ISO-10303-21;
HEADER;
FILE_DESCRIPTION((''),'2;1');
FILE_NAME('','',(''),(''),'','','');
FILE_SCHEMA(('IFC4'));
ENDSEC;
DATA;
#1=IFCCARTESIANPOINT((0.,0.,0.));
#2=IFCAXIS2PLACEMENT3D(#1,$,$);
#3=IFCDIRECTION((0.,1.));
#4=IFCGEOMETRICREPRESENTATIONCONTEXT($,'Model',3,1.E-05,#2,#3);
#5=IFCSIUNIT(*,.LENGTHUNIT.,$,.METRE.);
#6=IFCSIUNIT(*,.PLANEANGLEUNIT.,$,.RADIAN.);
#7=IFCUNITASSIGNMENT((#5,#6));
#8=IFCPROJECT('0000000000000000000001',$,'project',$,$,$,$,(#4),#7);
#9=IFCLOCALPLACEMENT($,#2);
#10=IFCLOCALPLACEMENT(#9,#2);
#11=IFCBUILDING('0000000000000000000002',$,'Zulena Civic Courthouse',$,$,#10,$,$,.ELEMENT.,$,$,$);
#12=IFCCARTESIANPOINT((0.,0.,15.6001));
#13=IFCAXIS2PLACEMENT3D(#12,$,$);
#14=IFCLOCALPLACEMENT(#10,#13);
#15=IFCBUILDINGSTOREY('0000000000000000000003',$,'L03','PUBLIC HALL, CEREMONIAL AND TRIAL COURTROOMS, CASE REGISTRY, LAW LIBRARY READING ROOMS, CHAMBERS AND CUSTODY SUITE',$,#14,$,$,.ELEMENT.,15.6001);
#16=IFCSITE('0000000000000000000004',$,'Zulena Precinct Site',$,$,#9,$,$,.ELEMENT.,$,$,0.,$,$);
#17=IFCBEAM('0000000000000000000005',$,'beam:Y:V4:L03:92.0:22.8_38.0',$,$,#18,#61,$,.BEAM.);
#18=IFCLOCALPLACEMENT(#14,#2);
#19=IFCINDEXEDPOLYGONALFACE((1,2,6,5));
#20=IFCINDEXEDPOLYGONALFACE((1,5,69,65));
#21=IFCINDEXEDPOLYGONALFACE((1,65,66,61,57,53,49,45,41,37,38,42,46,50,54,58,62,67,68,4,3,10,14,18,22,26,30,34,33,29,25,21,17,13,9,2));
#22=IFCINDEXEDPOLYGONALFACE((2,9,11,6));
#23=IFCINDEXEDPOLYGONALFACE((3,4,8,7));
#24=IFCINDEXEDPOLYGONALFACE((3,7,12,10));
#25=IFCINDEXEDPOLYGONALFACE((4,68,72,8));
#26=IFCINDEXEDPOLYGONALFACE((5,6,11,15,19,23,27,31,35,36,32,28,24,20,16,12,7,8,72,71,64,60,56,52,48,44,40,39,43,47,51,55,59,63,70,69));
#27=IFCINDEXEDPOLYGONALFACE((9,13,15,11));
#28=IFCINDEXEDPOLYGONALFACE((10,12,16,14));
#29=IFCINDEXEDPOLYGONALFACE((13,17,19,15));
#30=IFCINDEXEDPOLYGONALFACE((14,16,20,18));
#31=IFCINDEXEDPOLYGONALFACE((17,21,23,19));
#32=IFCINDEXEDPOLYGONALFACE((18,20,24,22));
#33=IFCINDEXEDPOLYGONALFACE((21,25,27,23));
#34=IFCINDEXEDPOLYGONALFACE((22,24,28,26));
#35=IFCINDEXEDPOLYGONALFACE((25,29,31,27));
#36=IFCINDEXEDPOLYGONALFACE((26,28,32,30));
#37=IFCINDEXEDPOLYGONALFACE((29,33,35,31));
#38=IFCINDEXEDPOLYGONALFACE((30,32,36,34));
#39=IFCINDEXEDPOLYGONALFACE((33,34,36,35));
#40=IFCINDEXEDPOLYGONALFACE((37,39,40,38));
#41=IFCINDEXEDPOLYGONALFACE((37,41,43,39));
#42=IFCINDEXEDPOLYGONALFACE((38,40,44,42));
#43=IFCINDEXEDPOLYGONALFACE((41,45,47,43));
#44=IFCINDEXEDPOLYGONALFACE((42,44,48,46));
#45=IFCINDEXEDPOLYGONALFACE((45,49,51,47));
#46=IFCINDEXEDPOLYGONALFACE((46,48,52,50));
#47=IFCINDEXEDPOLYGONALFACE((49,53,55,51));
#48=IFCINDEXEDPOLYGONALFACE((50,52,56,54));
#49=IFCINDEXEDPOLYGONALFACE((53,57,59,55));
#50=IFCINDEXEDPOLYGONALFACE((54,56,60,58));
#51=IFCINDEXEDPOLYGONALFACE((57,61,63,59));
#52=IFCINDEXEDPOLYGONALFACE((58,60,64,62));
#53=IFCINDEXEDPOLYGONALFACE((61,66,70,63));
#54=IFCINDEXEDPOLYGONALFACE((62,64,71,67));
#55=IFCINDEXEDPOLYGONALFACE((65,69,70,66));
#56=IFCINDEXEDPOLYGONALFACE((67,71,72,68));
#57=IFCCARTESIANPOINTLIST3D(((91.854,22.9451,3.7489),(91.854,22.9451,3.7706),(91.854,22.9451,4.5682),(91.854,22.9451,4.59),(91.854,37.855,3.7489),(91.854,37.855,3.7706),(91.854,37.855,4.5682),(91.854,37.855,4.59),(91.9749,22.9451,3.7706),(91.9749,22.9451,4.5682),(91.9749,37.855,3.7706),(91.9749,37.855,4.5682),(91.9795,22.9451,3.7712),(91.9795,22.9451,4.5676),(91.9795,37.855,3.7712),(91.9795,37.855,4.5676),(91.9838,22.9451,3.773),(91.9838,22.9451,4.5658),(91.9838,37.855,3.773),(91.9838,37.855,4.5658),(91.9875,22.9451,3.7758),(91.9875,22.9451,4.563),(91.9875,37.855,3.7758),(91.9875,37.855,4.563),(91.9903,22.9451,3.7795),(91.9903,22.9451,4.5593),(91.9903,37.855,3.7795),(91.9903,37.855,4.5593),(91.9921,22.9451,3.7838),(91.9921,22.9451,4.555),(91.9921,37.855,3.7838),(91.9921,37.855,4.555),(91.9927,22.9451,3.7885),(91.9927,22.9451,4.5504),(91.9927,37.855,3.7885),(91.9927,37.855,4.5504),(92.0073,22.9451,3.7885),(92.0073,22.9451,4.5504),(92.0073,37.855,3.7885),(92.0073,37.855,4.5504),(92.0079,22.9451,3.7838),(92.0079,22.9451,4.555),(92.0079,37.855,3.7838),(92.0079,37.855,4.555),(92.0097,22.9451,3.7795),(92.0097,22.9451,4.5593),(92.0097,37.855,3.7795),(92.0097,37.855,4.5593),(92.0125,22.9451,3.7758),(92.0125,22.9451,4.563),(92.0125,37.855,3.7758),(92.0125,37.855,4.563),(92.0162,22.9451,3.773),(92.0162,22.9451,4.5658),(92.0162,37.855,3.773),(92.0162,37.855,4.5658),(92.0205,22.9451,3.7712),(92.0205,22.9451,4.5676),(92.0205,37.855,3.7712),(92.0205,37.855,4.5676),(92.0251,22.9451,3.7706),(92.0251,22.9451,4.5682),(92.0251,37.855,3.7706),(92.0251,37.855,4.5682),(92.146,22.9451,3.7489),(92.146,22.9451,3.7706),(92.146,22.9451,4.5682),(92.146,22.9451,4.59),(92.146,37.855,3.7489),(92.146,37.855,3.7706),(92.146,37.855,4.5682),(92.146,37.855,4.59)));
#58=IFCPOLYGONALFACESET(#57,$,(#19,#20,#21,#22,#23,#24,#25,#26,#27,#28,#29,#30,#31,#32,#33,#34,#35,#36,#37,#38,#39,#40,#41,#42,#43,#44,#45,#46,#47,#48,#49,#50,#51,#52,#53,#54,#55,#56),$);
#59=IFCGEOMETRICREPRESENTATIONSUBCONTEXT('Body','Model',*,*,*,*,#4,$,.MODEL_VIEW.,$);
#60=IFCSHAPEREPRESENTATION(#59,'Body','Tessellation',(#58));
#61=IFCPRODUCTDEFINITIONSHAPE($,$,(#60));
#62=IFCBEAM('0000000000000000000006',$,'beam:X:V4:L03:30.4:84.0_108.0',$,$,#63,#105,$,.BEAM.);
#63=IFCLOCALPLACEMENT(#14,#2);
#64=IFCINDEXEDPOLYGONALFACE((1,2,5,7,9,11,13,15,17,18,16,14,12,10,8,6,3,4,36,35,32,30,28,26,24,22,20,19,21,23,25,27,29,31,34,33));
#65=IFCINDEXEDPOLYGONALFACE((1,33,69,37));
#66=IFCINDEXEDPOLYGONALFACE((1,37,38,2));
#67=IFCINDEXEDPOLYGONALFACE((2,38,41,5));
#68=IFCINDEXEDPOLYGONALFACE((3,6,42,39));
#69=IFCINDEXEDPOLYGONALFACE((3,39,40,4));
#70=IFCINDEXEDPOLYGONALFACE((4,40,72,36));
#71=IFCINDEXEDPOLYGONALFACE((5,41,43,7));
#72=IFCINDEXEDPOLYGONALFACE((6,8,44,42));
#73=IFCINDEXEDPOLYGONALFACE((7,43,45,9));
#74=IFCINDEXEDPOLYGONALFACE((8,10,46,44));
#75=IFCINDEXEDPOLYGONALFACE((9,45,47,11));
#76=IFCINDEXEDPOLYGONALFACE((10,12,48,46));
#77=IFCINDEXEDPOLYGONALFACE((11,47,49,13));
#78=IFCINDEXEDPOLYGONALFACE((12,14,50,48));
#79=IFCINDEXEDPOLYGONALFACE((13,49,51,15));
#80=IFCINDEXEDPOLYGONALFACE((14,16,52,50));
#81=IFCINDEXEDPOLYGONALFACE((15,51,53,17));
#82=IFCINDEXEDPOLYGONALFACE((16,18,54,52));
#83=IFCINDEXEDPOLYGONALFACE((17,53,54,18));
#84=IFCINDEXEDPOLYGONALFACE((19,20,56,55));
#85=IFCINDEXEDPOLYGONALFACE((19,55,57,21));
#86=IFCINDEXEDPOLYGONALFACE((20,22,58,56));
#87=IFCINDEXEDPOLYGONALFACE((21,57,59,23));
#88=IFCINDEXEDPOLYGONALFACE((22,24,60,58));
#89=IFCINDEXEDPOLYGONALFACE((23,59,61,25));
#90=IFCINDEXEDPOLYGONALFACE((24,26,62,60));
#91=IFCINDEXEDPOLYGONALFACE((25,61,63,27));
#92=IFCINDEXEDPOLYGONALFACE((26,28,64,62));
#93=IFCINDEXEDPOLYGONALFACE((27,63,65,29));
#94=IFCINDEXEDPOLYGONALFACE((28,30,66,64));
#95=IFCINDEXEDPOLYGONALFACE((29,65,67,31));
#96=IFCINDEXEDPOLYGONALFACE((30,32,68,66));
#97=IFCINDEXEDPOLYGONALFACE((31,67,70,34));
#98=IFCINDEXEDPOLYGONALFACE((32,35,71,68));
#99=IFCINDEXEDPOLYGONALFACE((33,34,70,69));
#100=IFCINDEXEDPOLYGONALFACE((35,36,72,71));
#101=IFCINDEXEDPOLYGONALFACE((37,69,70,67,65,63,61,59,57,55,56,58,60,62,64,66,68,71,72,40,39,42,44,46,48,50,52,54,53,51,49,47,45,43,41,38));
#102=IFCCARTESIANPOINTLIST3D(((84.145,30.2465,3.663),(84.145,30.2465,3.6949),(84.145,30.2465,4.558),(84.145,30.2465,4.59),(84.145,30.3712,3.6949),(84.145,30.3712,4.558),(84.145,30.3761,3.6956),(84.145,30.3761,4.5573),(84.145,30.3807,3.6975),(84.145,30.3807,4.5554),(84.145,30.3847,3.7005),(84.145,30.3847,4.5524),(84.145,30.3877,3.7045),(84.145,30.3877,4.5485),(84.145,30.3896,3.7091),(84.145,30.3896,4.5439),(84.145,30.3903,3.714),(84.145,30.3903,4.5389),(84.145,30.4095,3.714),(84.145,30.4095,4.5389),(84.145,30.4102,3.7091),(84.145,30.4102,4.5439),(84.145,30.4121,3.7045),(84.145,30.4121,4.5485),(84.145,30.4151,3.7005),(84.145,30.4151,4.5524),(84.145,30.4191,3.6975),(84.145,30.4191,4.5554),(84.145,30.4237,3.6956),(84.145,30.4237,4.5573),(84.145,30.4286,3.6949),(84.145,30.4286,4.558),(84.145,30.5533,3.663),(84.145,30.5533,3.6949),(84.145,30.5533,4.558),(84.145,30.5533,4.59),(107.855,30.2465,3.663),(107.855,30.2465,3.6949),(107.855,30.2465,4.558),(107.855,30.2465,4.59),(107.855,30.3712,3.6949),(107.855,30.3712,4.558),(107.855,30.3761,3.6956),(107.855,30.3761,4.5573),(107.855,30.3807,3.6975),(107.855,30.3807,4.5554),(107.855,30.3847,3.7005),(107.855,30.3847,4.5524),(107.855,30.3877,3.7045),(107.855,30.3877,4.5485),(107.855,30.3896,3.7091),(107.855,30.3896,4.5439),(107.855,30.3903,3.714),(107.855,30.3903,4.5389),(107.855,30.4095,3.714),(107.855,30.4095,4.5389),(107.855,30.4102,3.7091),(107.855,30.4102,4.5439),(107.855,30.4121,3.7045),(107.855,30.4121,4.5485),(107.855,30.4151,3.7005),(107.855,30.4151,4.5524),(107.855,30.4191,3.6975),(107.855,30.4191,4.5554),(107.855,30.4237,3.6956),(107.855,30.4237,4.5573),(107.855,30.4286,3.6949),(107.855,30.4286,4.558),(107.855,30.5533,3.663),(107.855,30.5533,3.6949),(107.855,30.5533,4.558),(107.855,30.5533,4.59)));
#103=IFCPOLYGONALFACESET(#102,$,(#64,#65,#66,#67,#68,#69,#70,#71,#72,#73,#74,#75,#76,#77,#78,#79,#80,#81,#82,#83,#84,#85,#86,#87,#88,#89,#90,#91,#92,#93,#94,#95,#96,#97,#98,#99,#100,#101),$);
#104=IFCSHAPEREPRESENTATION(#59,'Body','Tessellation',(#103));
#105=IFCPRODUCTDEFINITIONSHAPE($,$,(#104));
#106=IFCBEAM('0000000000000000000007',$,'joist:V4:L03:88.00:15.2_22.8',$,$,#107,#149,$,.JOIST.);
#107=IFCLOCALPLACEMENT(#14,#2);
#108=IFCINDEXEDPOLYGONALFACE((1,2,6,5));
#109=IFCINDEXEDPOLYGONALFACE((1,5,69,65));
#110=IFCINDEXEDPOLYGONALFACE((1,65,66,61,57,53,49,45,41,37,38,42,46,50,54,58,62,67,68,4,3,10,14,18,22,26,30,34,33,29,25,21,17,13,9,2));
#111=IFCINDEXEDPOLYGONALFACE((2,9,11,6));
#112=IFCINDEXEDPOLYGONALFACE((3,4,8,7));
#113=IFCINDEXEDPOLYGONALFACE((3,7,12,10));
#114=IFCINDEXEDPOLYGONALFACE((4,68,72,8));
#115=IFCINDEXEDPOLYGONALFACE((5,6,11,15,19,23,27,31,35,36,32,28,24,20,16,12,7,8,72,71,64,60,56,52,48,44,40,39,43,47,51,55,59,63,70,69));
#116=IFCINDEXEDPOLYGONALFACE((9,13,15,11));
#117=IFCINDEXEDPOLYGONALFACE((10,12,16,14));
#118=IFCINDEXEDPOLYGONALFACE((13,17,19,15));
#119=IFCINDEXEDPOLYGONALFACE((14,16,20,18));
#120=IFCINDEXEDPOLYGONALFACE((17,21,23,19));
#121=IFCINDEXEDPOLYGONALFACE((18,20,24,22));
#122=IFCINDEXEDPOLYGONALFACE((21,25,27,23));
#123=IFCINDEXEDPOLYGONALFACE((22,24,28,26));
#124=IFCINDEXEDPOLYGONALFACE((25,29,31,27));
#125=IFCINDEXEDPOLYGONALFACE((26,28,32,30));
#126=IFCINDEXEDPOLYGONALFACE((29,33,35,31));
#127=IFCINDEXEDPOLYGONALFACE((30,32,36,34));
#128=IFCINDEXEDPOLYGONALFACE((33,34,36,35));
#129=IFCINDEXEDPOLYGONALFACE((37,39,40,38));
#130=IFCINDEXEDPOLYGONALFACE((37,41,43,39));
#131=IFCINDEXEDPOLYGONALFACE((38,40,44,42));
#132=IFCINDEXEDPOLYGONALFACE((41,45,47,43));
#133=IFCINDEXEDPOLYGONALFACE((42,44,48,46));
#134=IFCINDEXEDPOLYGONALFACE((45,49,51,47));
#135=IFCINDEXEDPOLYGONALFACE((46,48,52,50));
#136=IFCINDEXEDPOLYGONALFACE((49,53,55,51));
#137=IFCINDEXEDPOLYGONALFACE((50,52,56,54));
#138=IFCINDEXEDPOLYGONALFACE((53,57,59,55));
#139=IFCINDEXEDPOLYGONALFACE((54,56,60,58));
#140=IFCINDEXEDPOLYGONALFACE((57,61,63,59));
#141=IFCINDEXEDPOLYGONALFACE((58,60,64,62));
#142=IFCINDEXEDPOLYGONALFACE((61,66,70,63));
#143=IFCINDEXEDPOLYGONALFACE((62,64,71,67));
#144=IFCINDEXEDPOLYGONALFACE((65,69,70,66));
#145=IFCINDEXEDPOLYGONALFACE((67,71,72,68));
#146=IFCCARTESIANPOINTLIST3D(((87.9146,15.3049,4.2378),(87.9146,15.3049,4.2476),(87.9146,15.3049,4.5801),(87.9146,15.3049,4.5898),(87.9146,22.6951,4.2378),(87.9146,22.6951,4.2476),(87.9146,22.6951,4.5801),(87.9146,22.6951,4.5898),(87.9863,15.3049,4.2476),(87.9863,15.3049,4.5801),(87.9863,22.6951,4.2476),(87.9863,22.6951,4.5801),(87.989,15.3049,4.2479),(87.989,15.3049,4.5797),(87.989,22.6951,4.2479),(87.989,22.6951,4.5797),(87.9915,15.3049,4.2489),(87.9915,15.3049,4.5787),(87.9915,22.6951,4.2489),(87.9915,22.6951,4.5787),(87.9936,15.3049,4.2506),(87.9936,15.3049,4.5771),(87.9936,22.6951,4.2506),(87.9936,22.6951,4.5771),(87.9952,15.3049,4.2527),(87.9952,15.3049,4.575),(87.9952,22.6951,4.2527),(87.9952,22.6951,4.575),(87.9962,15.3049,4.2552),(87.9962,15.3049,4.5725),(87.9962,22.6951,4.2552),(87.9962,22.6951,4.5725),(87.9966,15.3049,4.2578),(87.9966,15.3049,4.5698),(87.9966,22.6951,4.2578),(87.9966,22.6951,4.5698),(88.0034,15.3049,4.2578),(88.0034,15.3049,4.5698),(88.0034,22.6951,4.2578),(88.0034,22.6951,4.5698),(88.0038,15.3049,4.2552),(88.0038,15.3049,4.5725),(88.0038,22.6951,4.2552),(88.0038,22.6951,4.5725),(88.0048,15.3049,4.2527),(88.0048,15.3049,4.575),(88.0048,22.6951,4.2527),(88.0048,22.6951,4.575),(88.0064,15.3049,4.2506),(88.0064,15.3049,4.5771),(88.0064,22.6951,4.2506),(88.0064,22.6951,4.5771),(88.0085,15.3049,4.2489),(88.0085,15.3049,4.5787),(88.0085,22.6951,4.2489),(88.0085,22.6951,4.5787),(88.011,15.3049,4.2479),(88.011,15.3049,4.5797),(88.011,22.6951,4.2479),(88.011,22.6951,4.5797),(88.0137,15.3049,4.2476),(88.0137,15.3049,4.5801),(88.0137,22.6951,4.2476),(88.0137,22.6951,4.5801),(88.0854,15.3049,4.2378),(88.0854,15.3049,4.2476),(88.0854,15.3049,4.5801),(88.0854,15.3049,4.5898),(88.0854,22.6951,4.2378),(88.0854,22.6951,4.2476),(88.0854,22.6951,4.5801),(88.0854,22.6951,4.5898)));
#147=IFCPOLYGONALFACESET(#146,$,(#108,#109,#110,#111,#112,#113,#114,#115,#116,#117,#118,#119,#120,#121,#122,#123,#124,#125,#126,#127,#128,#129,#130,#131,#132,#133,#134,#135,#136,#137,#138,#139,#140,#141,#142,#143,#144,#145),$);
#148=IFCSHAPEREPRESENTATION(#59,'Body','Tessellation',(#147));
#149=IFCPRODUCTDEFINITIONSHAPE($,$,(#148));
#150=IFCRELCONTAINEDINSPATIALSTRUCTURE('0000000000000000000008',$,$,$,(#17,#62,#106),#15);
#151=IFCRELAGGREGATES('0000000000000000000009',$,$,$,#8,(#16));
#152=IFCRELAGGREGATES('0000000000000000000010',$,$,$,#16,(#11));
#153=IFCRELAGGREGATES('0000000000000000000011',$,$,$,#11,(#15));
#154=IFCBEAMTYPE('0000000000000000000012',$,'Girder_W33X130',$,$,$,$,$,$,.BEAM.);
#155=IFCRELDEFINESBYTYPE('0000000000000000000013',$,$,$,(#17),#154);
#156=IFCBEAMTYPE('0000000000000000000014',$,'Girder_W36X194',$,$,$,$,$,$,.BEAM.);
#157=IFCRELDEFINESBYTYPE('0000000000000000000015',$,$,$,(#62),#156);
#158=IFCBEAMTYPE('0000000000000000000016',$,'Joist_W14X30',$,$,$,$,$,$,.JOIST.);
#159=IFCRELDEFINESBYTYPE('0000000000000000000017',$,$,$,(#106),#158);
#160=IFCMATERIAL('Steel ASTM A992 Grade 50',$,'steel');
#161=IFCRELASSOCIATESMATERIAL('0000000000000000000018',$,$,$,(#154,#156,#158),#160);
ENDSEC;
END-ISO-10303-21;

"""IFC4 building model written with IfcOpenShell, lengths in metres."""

from ifc_helpers import new_model, si_unit, direction, frame, origin, origin_2d, place, context, subcontext, project, spatial, i_section, extrude, material, material_profile, profile_set, type_object, element, save


model = new_model("IFC4")

# Units and contexts
model_context = context("Model", 3, precision=1e-05, world=origin(), true_north=direction((0.0, 1.0)))
body_context = subcontext(model_context, "Body", "Model", "MODEL_VIEW")
ifc_project = project(units=[si_unit("LENGTHUNIT", "METRE"), si_unit("PLANEANGLEUNIT", "RADIAN")], contexts=[model_context])

# Site, building, storey
site_placement = place(None, origin())
site = spatial("IfcSite", under=ifc_project, at=site_placement, Name="Zulena Precinct Site", CompositionType="ELEMENT", RefElevation=0.0)
building_placement = place(site_placement, origin())
building = spatial("IfcBuilding", under=site, at=building_placement, Name="Zulena Civic Courthouse", CompositionType="ELEMENT")
storey_placement = place(building_placement, frame((0.0, 0.0, 15.6001)))
storey = spatial("IfcBuildingStorey", under=building, at=storey_placement, Name="L03", Description="PUBLIC HALL, CEREMONIAL AND TRIAL COURTROOMS, CASE REGISTRY, LAW LIBRARY READING ROOMS, CHAMBERS AND CUSTODY SUITE", CompositionType="ELEMENT", Elevation=15.6001)

# Shared definitions
ifc_material_1 = material(Name="Steel ASTM A992 Grade 50", Category="steel")

# Beams
ifc_material_profile_1 = material_profile(ifc_material_1, i_section(OverallWidth=0.292, OverallDepth=0.8411, WebThickness=0.0146, FlangeThickness=0.0217, FilletRadius=0.0178, at=origin_2d()), Name="W33X130")
ifc_profile_set_1 = profile_set([ifc_material_profile_1], Name="Steel ASTM A992 Grade 50")
beam_type_1 = type_object("IfcBeamType", Name="Girder_W33X130", PredefinedType="BEAM", material=ifc_profile_set_1)
beam_1_placement = place(storey_placement, frame((92.0, 22.9451, 4.1694), z_axis=(0.0, 1.0, 0.0), x_axis=(-1.0, 0.0, 0.0)))
element("IfcBeam", 1, at=beam_1_placement, inside=storey, type_object=beam_type_1, Name="beam:Y:V4:L03:92.0:22.8_38.0", PredefinedType="BEAM", context=body_context, shape_type="SweptSolid", body=[
    extrude(i_section(OverallWidth=0.292, OverallDepth=0.8411, WebThickness=0.0146, FlangeThickness=0.0217, FilletRadius=0.0178, at=origin_2d()), origin(), (0.0, 0.0, 1.0), 14.9099),
])
ifc_material_profile_2 = material_profile(ifc_material_1, i_section(OverallWidth=0.3069, OverallDepth=0.927, WebThickness=0.0193, FlangeThickness=0.032, FilletRadius=0.019, at=origin_2d()), Name="W36X194")
ifc_profile_set_2 = profile_set([ifc_material_profile_2], Name="Steel ASTM A992 Grade 50")
beam_type_2 = type_object("IfcBeamType", Name="Girder_W36X194", PredefinedType="BEAM", material=ifc_profile_set_2)
beam_2_placement = place(storey_placement, frame((84.145, 30.3999, 4.1265), z_axis=(1.0, 0.0, 0.0), x_axis=(0.0, 1.0, 0.0)))
element("IfcBeam", 2, at=beam_2_placement, inside=storey, type_object=beam_type_2, Name="beam:X:V4:L03:30.4:84.0_108.0", PredefinedType="BEAM", context=body_context, shape_type="SweptSolid", body=[
    extrude(i_section(OverallWidth=0.3069, OverallDepth=0.927, WebThickness=0.0193, FlangeThickness=0.032, FilletRadius=0.019, at=origin_2d()), origin(), (0.0, 0.0, 1.0), 23.71),
])
ifc_material_profile_3 = material_profile(ifc_material_1, i_section(OverallWidth=0.1709, OverallDepth=0.3521, WebThickness=0.0068, FlangeThickness=0.0098, FilletRadius=0.0103, at=origin_2d()), Name="W14X30")
ifc_profile_set_3 = profile_set([ifc_material_profile_3], Name="Steel ASTM A992 Grade 50")
beam_type_3 = type_object("IfcBeamType", Name="Joist_W14X30", PredefinedType="JOIST", material=ifc_profile_set_3)
beam_3_placement = place(storey_placement, frame((88.0, 15.3049, 4.4138), z_axis=(0.0, 1.0, 0.0), x_axis=(-1.0, 0.0, 0.0)))
element("IfcBeam", 3, at=beam_3_placement, inside=storey, type_object=beam_type_3, Name="joist:V4:L03:88.00:15.2_22.8", PredefinedType="JOIST", context=body_context, shape_type="SweptSolid", body=[
    extrude(i_section(OverallWidth=0.1709, OverallDepth=0.3521, WebThickness=0.0068, FlangeThickness=0.0098, FilletRadius=0.0103, at=origin_2d()), origin(), (0.0, 0.0, 1.0), 7.3901),
])

save(model, "model.ifc")
